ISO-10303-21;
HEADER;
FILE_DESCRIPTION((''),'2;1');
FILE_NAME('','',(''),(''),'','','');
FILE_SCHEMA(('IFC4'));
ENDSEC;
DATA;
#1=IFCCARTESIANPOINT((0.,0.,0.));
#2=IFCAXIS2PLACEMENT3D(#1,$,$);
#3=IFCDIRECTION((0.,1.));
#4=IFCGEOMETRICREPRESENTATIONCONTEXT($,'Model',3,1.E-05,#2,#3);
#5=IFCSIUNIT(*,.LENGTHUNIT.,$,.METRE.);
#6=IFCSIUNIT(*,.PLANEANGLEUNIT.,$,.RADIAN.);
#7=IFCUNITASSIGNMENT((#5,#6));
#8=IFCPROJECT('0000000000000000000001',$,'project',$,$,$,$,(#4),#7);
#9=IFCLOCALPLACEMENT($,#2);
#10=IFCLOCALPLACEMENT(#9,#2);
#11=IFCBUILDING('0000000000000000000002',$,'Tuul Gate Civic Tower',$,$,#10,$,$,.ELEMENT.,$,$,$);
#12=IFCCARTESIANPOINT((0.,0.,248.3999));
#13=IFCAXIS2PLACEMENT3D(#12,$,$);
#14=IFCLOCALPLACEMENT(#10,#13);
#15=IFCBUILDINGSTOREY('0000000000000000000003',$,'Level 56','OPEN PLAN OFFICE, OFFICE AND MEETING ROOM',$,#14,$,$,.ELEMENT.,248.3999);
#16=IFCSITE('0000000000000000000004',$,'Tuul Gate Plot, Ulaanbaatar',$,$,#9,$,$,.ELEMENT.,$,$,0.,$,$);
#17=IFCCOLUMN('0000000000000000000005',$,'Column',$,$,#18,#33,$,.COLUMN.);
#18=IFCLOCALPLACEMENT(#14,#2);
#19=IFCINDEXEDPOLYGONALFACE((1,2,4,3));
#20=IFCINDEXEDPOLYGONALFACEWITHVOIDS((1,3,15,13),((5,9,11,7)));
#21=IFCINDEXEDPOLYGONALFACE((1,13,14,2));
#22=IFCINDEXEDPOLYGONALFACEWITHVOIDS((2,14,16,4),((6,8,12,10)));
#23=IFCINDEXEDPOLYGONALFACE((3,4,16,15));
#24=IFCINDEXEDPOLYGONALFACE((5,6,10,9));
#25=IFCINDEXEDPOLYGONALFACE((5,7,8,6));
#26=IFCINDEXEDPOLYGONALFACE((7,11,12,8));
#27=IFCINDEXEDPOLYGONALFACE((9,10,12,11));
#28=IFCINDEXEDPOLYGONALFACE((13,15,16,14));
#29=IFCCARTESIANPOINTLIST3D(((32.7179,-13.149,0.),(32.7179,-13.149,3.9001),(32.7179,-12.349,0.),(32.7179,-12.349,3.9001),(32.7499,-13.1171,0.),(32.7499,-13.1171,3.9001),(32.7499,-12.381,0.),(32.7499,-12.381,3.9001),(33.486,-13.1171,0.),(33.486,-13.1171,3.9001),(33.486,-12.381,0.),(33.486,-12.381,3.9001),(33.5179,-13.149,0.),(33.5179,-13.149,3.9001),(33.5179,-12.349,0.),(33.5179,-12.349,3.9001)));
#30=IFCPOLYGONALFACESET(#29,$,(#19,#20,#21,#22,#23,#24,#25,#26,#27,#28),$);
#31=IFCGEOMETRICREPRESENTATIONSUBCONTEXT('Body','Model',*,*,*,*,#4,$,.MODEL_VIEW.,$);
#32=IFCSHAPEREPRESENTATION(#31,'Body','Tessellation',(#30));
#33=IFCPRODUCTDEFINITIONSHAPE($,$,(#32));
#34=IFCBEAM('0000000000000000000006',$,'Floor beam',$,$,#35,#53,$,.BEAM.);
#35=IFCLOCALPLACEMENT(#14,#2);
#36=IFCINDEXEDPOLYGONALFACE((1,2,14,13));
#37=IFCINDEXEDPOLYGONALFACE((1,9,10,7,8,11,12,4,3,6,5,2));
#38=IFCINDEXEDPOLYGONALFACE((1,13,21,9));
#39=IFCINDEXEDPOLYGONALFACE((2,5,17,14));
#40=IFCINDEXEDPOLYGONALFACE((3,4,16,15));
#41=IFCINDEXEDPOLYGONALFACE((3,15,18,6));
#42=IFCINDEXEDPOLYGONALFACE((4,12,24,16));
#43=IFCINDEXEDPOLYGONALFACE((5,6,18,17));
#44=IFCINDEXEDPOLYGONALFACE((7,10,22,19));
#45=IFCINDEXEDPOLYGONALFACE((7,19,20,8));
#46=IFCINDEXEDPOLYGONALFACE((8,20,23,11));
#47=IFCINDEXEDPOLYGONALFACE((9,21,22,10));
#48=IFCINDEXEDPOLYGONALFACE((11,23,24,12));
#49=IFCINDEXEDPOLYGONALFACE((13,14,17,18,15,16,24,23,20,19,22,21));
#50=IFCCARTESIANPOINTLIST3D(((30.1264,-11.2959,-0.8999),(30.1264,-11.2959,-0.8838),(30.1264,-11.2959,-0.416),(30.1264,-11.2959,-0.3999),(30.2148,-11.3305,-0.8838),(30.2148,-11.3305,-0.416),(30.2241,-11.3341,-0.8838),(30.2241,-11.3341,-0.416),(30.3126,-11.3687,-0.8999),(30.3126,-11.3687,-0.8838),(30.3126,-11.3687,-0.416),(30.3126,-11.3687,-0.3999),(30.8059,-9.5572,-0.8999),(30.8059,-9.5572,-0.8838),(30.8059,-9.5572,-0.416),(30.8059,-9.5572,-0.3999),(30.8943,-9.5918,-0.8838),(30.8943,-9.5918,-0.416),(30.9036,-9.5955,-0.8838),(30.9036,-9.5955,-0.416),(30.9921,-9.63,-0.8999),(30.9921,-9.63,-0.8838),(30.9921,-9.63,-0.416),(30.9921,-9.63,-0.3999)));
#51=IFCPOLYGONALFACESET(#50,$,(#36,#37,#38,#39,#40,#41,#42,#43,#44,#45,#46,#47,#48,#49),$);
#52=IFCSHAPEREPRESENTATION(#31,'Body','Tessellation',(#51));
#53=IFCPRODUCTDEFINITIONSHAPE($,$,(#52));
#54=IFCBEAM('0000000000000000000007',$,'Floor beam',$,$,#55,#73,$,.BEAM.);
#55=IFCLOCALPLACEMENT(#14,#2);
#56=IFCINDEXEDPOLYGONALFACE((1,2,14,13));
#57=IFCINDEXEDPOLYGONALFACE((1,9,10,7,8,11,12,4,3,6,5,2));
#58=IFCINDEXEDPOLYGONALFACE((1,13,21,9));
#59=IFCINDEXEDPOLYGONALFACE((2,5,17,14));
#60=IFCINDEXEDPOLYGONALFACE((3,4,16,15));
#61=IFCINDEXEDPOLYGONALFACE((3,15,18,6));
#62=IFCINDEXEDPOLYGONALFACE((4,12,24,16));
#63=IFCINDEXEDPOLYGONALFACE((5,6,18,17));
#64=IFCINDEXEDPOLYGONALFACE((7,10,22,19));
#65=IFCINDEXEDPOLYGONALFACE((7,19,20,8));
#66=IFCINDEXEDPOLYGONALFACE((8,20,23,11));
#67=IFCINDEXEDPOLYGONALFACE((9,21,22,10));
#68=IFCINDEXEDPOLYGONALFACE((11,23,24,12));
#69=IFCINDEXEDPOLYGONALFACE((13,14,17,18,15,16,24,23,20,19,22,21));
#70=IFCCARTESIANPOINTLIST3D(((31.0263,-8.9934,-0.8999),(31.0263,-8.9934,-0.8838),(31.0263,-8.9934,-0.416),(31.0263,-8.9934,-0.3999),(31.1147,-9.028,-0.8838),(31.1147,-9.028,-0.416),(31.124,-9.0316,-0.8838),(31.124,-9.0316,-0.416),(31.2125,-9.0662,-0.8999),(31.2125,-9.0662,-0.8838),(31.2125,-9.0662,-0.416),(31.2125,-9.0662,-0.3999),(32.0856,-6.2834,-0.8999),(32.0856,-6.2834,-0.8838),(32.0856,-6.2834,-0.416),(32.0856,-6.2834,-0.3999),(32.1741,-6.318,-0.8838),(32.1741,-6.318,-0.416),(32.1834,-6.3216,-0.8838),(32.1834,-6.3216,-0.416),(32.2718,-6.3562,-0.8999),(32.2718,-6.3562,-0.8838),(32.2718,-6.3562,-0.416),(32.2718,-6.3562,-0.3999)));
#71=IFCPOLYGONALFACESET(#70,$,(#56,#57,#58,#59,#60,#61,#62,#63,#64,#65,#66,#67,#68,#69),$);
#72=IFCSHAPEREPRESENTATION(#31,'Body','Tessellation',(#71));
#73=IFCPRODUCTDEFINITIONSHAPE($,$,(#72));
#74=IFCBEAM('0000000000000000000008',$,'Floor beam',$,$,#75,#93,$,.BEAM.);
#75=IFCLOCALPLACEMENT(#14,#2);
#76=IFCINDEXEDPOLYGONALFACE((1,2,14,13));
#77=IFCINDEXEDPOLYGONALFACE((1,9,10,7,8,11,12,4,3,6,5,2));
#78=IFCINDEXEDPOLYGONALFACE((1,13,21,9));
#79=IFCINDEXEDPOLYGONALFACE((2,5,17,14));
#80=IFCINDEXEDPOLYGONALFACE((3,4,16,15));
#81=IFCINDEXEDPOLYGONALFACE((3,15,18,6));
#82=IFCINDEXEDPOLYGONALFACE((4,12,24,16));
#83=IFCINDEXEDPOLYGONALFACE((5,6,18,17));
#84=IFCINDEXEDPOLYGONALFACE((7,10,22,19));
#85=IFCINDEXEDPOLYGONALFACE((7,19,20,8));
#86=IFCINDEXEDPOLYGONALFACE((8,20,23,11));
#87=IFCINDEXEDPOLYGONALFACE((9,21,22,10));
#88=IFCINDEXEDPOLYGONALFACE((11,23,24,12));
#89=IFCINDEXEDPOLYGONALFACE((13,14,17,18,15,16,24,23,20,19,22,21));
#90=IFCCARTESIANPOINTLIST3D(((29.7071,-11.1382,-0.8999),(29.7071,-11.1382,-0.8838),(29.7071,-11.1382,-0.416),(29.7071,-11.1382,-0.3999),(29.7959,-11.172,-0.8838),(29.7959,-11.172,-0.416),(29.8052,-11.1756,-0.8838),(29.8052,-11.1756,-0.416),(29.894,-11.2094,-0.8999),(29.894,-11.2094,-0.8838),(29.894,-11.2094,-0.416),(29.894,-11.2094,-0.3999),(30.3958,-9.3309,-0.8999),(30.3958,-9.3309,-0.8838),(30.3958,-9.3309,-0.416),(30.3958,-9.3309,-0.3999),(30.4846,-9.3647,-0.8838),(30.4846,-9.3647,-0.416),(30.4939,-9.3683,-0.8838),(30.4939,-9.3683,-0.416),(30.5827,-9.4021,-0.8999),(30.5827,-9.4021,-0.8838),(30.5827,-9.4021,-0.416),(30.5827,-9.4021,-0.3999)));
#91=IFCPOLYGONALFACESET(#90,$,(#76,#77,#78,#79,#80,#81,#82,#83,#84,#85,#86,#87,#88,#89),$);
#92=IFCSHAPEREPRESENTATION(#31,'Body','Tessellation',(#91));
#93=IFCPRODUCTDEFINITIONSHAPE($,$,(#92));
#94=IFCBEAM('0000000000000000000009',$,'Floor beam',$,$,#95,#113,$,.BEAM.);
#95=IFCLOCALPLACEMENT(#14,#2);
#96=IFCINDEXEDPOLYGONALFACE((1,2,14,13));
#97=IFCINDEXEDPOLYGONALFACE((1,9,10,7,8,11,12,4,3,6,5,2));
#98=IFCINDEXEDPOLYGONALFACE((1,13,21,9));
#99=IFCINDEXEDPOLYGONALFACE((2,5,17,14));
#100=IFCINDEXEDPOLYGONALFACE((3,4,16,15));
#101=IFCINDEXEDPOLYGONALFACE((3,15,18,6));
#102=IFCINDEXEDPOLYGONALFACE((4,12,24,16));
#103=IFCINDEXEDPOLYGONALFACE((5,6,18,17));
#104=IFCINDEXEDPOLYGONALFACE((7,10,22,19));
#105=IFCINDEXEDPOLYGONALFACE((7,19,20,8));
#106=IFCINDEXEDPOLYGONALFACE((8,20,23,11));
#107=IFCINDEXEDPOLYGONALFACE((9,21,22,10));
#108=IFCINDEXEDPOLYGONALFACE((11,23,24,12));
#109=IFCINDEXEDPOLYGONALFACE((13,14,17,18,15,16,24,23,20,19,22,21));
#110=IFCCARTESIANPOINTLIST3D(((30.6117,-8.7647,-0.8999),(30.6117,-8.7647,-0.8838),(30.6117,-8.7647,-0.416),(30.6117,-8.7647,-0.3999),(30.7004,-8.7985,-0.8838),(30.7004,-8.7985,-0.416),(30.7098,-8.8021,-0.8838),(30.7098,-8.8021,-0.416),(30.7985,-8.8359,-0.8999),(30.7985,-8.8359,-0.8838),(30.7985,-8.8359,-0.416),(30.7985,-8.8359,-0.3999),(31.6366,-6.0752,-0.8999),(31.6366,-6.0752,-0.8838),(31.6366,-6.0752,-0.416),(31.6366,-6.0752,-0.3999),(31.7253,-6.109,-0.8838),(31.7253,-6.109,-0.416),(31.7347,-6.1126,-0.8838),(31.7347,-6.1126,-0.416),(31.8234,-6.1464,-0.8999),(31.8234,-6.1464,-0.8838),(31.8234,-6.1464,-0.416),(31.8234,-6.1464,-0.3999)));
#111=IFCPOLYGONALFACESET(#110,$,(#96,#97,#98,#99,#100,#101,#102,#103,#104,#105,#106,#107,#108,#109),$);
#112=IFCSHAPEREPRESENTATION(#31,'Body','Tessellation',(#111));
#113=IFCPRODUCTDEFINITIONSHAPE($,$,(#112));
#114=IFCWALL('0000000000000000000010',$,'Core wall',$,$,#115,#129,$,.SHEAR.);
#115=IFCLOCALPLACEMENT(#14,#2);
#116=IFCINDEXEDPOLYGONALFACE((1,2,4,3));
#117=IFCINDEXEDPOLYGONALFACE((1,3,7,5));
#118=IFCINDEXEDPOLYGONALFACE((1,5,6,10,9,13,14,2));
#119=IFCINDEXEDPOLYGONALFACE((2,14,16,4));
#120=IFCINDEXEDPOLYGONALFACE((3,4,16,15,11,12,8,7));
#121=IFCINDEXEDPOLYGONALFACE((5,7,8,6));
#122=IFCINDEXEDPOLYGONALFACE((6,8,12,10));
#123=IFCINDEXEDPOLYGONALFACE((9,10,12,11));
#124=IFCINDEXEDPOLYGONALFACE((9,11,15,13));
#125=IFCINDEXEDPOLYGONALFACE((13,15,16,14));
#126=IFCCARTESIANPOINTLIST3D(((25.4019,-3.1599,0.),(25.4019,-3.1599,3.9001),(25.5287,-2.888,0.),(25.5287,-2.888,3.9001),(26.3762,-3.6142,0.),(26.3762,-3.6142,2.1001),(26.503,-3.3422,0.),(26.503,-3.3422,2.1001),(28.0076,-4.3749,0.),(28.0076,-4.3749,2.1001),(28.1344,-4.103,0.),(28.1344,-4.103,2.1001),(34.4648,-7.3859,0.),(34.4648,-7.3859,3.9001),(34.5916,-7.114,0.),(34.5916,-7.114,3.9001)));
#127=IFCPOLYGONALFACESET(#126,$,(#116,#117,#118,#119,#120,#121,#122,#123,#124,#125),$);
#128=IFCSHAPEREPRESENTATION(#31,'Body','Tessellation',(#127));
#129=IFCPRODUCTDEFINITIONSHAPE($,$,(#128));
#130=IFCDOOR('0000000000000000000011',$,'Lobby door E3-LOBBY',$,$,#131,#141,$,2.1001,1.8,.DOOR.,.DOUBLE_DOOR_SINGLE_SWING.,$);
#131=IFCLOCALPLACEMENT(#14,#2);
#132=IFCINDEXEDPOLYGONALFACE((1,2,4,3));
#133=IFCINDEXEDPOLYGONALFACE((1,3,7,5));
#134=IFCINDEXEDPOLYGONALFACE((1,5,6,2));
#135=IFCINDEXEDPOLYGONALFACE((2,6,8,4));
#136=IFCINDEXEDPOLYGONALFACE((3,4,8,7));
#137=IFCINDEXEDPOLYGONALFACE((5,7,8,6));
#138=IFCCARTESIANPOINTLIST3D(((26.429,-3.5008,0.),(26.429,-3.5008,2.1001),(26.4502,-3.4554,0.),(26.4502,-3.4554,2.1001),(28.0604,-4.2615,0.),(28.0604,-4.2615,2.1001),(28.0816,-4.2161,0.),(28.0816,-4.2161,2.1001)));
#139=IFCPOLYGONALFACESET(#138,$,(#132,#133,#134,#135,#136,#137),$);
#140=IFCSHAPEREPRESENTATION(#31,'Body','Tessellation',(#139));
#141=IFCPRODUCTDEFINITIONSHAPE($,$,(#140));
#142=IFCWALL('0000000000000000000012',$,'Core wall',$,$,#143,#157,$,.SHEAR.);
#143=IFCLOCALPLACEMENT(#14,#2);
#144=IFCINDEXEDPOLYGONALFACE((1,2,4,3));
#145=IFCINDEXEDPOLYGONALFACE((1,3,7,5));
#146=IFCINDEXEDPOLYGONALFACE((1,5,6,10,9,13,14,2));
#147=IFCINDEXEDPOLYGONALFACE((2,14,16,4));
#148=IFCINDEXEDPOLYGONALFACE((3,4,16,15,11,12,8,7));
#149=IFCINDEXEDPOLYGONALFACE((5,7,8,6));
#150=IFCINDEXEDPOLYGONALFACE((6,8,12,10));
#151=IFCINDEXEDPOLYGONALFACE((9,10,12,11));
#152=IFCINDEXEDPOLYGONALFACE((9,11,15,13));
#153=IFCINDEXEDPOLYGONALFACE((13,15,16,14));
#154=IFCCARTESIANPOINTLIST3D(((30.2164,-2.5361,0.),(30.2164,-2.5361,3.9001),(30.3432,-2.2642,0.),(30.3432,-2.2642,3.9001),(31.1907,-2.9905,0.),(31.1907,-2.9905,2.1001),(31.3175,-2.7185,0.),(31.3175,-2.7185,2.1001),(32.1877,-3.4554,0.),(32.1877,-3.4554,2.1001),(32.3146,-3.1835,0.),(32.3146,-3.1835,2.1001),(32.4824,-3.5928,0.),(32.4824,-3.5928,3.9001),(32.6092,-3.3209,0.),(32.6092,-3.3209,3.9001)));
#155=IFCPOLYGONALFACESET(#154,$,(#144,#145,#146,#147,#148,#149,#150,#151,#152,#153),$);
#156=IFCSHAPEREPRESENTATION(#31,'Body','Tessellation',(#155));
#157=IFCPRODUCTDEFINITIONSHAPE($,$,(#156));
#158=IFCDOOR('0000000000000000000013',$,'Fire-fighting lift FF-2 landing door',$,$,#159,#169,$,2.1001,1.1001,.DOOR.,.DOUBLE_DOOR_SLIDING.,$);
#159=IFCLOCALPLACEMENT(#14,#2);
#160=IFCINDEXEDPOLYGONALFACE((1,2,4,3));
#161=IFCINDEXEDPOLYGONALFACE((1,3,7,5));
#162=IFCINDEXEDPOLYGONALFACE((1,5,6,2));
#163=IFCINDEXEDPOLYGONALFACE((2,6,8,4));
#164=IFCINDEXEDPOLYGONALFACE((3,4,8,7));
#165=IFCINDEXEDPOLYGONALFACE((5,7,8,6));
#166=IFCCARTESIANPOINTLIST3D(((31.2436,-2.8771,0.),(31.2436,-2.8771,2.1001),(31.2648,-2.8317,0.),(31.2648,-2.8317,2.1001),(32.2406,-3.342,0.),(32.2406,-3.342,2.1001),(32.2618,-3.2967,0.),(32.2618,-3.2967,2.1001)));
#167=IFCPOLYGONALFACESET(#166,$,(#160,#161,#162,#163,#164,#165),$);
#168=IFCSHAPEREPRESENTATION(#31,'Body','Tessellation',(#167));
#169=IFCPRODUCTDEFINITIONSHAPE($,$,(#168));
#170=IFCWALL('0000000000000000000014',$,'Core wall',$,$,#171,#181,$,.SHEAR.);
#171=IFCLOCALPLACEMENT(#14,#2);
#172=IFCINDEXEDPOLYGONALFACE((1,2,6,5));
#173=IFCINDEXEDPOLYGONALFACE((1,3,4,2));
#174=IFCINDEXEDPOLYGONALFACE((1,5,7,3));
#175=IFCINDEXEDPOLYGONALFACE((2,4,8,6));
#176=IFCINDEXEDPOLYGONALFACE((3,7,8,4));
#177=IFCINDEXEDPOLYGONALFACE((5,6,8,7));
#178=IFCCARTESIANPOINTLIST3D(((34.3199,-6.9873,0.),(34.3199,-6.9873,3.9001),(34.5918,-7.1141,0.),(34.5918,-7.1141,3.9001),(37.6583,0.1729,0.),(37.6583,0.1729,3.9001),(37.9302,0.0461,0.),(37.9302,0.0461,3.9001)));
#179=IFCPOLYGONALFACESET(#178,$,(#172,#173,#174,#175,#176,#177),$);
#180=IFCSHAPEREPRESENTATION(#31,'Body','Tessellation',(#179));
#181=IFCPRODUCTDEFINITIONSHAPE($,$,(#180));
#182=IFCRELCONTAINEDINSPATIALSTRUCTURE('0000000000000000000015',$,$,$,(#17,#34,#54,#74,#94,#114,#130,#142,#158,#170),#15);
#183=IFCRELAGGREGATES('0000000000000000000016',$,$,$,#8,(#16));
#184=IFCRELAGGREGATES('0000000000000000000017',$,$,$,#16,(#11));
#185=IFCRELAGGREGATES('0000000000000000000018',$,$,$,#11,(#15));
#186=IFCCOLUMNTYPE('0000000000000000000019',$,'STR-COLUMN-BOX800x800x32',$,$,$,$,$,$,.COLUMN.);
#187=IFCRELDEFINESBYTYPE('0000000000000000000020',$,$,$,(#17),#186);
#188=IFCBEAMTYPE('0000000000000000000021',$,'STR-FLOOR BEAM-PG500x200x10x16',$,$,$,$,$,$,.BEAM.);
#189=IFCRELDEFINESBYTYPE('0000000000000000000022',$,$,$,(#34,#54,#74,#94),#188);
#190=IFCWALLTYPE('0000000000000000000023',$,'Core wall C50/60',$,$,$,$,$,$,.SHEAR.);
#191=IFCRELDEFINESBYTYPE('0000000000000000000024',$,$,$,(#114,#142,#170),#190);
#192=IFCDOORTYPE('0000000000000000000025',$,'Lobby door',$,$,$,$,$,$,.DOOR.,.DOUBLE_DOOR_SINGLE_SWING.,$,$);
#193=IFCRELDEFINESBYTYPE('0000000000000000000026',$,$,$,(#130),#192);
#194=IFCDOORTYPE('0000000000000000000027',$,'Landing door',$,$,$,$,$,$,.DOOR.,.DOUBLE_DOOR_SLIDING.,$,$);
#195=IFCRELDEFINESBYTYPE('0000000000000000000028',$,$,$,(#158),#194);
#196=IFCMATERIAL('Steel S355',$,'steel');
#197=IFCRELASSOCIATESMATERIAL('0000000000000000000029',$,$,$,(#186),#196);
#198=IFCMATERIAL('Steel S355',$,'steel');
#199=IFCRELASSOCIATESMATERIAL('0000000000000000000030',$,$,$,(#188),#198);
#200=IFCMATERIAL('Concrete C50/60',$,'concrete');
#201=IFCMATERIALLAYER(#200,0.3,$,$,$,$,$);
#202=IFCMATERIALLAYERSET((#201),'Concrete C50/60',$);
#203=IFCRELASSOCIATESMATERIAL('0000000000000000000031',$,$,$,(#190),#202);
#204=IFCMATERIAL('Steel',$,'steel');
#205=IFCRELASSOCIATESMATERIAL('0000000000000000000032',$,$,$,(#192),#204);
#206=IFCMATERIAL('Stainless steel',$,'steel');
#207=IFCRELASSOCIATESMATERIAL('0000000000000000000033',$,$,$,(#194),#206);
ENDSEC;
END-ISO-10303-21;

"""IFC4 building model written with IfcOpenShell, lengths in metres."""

from ifc_helpers import new_model, si_unit, direction, frame, frame_2d, origin, origin_2d, place, context, subcontext, project, spatial, rectangle, hollow_rectangle, i_section, extrude, material, layer, layer_set, material_profile, profile_set, type_object, element, fill, save


model = new_model("IFC4")

# Units and contexts
model_context = context("Model", 3, precision=1e-05, world=origin(), true_north=direction((0.0, 1.0)))
body_context = subcontext(model_context, "Body", "Model", "MODEL_VIEW")
ifc_project = project(units=[si_unit("LENGTHUNIT", "METRE"), si_unit("PLANEANGLEUNIT", "RADIAN")], contexts=[model_context])

# Site, building, storey
site_placement = place(None, origin())
site = spatial("IfcSite", under=ifc_project, at=site_placement, Name="Tuul Gate Plot, Ulaanbaatar", CompositionType="ELEMENT", RefElevation=0.0)
building_placement = place(site_placement, origin())
building = spatial("IfcBuilding", under=site, at=building_placement, Name="Tuul Gate Civic Tower", CompositionType="ELEMENT")
storey_placement = place(building_placement, frame((0.0, 0.0, 248.3999)))
storey = spatial("IfcBuildingStorey", under=building, at=storey_placement, Name="Level 56", Description="OPEN PLAN OFFICE, OFFICE AND MEETING ROOM", CompositionType="ELEMENT", Elevation=248.3999)

# Column
ifc_material_1 = material(Name="Steel S355", Category="steel")
ifc_material_profile_1 = material_profile(ifc_material_1, hollow_rectangle(XDim=0.8, YDim=0.8, WallThickness=0.032, at=origin_2d()), Name="BOX800x800x32")
ifc_profile_set_1 = profile_set([ifc_material_profile_1], Name="Steel S355")
column_type = type_object("IfcColumnType", Name="STR-COLUMN-BOX800x800x32", PredefinedType="COLUMN", material=ifc_profile_set_1)
column_placement = place(storey_placement, frame((33.1179, -12.749, 0.0), z_axis=(0.0, 0.0, 1.0), x_axis=(1.0, 0.0, 0.0)))
element("IfcColumn", 1, at=column_placement, inside=storey, type_object=column_type, Name="Column", PredefinedType="COLUMN", context=body_context, shape_type="SweptSolid", body=[
    extrude(hollow_rectangle(XDim=0.8, YDim=0.8, WallThickness=0.032, at=origin_2d()), origin(), (0.0, 0.0, 1.0), 3.9001),
])

# Beams
ifc_material_2 = material(Name="Steel S355", Category="steel")
ifc_material_profile_2 = material_profile(ifc_material_2, i_section(OverallWidth=0.2, OverallDepth=0.5, WebThickness=0.01, FlangeThickness=0.0161, at=origin_2d()), Name="PG500x200x10x16")
ifc_profile_set_2 = profile_set([ifc_material_profile_2], Name="Steel S355")
beam_type = type_object("IfcBeamType", Name="STR-FLOOR BEAM-PG500x200x10x16", PredefinedType="BEAM", material=ifc_profile_set_2)
beam_1_placement = place(storey_placement, frame((30.2195, -11.3323, -0.6499), z_axis=(0.364005, 0.931397, 0.0), x_axis=(-0.931397, 0.364005, 0.0)))
element("IfcBeam", 2, at=beam_1_placement, inside=storey, type_object=beam_type, Name="Floor beam", PredefinedType="BEAM", context=body_context, shape_type="SweptSolid", body=[
    extrude(i_section(OverallWidth=0.2, OverallDepth=0.5, WebThickness=0.01, FlangeThickness=0.0161, at=origin_2d()), origin(), (0.0, 0.0, 1.0), 1.8667),
])
beam_2_placement = place(storey_placement, frame((31.1194, -9.0298, -0.6499), z_axis=(0.364073, 0.93137, 0.0), x_axis=(-0.93137, 0.364073, 0.0)))
element("IfcBeam", 3, at=beam_2_placement, inside=storey, type_object=beam_type, Name="Floor beam", PredefinedType="BEAM", context=body_context, shape_type="SweptSolid", body=[
    extrude(i_section(OverallWidth=0.2, OverallDepth=0.5, WebThickness=0.01, FlangeThickness=0.0161, at=origin_2d()), origin(), (0.0, 0.0, 1.0), 2.9097),
])
beam_3_placement = place(storey_placement, frame((29.8005, -11.1738, -0.6499), z_axis=(0.356085, 0.934454, 0.0), x_axis=(-0.934454, 0.356085, 0.0)))
element("IfcBeam", 4, at=beam_3_placement, inside=storey, type_object=beam_type, Name="Floor beam", PredefinedType="BEAM", context=body_context, shape_type="SweptSolid", body=[
    extrude(i_section(OverallWidth=0.2, OverallDepth=0.5, WebThickness=0.01, FlangeThickness=0.0161, at=origin_2d()), origin(), (0.0, 0.0, 1.0), 1.9341),
])
beam_4_placement = place(storey_placement, frame((30.7051, -8.8003, -0.6499), z_axis=(0.356101, 0.934447, 0.0), x_axis=(-0.934447, 0.356101, 0.0)))
element("IfcBeam", 5, at=beam_4_placement, inside=storey, type_object=beam_type, Name="Floor beam", PredefinedType="BEAM", context=body_context, shape_type="SweptSolid", body=[
    extrude(i_section(OverallWidth=0.2, OverallDepth=0.5, WebThickness=0.01, FlangeThickness=0.0161, at=origin_2d()), origin(), (0.0, 0.0, 1.0), 2.8782),
])

# Walls, openings, doors
ifc_material_3 = material(Name="Concrete C50/60", Category="concrete")
ifc_layer_1 = layer(ifc_material_3, 0.3)
ifc_layer_set_1 = layer_set([ifc_layer_1], Name="Concrete C50/60")
wall_type_1 = type_object("IfcWallType", Name="Core wall C50/60", PredefinedType="SHEAR", material=ifc_layer_set_1)
wall_1_placement = place(storey_placement, frame((34.5283, -7.25, 0.0), z_axis=(0.0, 0.0, 1.0), x_axis=(-0.90631, 0.422613, 0.0)))
wall_1 = element("IfcWall", 6, at=wall_1_placement, inside=storey, type_object=wall_type_1, Name="Core wall", PredefinedType="SHEAR", context=body_context, shape_type="SweptSolid", body=[
    extrude(rectangle(XDim=9.9998, YDim=0.3, at=frame_2d((5.0, 0.0))), origin(), (0.0, 0.0, 1.0), 3.9001),
])
opening_1_placement = place(wall_1_placement, frame((7.125, 0.0, 0.0)))
opening_1 = element("IfcOpeningElement", 7, at=opening_1_placement, cuts=wall_1, PredefinedType="OPENING", context=body_context, shape_type="SweptSolid", body=[
    extrude(rectangle(XDim=1.8, YDim=2.1001, at=frame_2d((0.8999, 1.05))), frame((0.0, 0.1602, 0.0), z_axis=(0.0, -1.0, 0.0), x_axis=(1.0, 0.0, 0.0)), (0.0, 0.0, 1.0), 0.3201),
])
ifc_material_4 = material(Name="Steel", Category="steel")
door_type_1 = type_object("IfcDoorType", Name="Lobby door", OperationType="DOUBLE_DOOR_SINGLE_SWING", PredefinedType="DOOR", material=ifc_material_4)
door_1_placement = place(opening_1_placement, origin())
door_1 = element("IfcDoor", 8, at=door_1_placement, inside=storey, type_object=door_type_1, Name="Lobby door E3-LOBBY", OperationType="DOUBLE_DOOR_SINGLE_SWING", OverallHeight=2.1001, OverallWidth=1.8, PredefinedType="DOOR", context=body_context, shape_type="SweptSolid", body=[
    extrude(rectangle(XDim=1.8, YDim=2.1001, at=frame_2d((0.8999, 1.05))), frame((0.0, 0.0249, 0.0), z_axis=(0.0, -1.0, 0.0), x_axis=(1.0, 0.0, 0.0)), (0.0, 0.0, 1.0), 0.05),
])
fill(opening_1, door_1)
wall_2_placement = place(storey_placement, frame((32.5457, -3.4568, 0.0), z_axis=(0.0, 0.0, 1.0), x_axis=(-0.9063, 0.422634, 0.0)))
wall_2 = element("IfcWall", 9, at=wall_2_placement, inside=storey, type_object=wall_type_1, Name="Core wall", PredefinedType="SHEAR", context=body_context, shape_type="SweptSolid", body=[
    extrude(rectangle(XDim=2.5002, YDim=0.3, at=frame_2d((1.25, 0.0))), origin(), (0.0, 0.0, 1.0), 3.9001),
])
opening_2_placement = place(wall_2_placement, frame((0.325, 0.0, 0.0)))
opening_2 = element("IfcOpeningElement", 10, at=opening_2_placement, cuts=wall_2, PredefinedType="OPENING", context=body_context, shape_type="SweptSolid", body=[
    extrude(rectangle(XDim=1.1001, YDim=2.1001, at=frame_2d((0.55, 1.05))), frame((0.0, 0.1602, 0.0), z_axis=(0.0, -1.0, 0.0), x_axis=(1.0, 0.0, 0.0)), (0.0, 0.0, 1.0), 0.3201),
])
ifc_material_5 = material(Name="Stainless steel", Category="steel")
door_type_2 = type_object("IfcDoorType", Name="Landing door", OperationType="DOUBLE_DOOR_SLIDING", PredefinedType="DOOR", material=ifc_material_5)
door_2_placement = place(opening_2_placement, origin())
door_2 = element("IfcDoor", 11, at=door_2_placement, inside=storey, type_object=door_type_2, Name="Fire-fighting lift FF-2 landing door", OperationType="DOUBLE_DOOR_SLIDING", OverallHeight=2.1001, OverallWidth=1.1001, PredefinedType="DOOR", context=body_context, shape_type="SweptSolid", body=[
    extrude(rectangle(XDim=1.1001, YDim=2.1001, at=frame_2d((0.55, 1.05))), frame((0.0, 0.0249, 0.0), z_axis=(0.0, -1.0, 0.0), x_axis=(1.0, 0.0, 0.0)), (0.0, 0.0, 1.0), 0.05),
])
fill(opening_2, door_2)

# Wall
wall_3_placement = place(storey_placement, frame((34.4558, -7.0508, 0.0), z_axis=(0.0, 0.0, 1.0), x_axis=(0.422571, 0.90633, 0.0)))
element("IfcWall", 12, at=wall_3_placement, inside=storey, type_object=wall_type_1, Name="Core wall", PredefinedType="SHEAR", context=body_context, shape_type="SweptSolid", body=[
    extrude(rectangle(XDim=7.9001, YDim=0.3, at=frame_2d((3.9502, 0.0))), origin(), (0.0, 0.0, 1.0), 3.9001),
])

save(model, "model.ifc")
